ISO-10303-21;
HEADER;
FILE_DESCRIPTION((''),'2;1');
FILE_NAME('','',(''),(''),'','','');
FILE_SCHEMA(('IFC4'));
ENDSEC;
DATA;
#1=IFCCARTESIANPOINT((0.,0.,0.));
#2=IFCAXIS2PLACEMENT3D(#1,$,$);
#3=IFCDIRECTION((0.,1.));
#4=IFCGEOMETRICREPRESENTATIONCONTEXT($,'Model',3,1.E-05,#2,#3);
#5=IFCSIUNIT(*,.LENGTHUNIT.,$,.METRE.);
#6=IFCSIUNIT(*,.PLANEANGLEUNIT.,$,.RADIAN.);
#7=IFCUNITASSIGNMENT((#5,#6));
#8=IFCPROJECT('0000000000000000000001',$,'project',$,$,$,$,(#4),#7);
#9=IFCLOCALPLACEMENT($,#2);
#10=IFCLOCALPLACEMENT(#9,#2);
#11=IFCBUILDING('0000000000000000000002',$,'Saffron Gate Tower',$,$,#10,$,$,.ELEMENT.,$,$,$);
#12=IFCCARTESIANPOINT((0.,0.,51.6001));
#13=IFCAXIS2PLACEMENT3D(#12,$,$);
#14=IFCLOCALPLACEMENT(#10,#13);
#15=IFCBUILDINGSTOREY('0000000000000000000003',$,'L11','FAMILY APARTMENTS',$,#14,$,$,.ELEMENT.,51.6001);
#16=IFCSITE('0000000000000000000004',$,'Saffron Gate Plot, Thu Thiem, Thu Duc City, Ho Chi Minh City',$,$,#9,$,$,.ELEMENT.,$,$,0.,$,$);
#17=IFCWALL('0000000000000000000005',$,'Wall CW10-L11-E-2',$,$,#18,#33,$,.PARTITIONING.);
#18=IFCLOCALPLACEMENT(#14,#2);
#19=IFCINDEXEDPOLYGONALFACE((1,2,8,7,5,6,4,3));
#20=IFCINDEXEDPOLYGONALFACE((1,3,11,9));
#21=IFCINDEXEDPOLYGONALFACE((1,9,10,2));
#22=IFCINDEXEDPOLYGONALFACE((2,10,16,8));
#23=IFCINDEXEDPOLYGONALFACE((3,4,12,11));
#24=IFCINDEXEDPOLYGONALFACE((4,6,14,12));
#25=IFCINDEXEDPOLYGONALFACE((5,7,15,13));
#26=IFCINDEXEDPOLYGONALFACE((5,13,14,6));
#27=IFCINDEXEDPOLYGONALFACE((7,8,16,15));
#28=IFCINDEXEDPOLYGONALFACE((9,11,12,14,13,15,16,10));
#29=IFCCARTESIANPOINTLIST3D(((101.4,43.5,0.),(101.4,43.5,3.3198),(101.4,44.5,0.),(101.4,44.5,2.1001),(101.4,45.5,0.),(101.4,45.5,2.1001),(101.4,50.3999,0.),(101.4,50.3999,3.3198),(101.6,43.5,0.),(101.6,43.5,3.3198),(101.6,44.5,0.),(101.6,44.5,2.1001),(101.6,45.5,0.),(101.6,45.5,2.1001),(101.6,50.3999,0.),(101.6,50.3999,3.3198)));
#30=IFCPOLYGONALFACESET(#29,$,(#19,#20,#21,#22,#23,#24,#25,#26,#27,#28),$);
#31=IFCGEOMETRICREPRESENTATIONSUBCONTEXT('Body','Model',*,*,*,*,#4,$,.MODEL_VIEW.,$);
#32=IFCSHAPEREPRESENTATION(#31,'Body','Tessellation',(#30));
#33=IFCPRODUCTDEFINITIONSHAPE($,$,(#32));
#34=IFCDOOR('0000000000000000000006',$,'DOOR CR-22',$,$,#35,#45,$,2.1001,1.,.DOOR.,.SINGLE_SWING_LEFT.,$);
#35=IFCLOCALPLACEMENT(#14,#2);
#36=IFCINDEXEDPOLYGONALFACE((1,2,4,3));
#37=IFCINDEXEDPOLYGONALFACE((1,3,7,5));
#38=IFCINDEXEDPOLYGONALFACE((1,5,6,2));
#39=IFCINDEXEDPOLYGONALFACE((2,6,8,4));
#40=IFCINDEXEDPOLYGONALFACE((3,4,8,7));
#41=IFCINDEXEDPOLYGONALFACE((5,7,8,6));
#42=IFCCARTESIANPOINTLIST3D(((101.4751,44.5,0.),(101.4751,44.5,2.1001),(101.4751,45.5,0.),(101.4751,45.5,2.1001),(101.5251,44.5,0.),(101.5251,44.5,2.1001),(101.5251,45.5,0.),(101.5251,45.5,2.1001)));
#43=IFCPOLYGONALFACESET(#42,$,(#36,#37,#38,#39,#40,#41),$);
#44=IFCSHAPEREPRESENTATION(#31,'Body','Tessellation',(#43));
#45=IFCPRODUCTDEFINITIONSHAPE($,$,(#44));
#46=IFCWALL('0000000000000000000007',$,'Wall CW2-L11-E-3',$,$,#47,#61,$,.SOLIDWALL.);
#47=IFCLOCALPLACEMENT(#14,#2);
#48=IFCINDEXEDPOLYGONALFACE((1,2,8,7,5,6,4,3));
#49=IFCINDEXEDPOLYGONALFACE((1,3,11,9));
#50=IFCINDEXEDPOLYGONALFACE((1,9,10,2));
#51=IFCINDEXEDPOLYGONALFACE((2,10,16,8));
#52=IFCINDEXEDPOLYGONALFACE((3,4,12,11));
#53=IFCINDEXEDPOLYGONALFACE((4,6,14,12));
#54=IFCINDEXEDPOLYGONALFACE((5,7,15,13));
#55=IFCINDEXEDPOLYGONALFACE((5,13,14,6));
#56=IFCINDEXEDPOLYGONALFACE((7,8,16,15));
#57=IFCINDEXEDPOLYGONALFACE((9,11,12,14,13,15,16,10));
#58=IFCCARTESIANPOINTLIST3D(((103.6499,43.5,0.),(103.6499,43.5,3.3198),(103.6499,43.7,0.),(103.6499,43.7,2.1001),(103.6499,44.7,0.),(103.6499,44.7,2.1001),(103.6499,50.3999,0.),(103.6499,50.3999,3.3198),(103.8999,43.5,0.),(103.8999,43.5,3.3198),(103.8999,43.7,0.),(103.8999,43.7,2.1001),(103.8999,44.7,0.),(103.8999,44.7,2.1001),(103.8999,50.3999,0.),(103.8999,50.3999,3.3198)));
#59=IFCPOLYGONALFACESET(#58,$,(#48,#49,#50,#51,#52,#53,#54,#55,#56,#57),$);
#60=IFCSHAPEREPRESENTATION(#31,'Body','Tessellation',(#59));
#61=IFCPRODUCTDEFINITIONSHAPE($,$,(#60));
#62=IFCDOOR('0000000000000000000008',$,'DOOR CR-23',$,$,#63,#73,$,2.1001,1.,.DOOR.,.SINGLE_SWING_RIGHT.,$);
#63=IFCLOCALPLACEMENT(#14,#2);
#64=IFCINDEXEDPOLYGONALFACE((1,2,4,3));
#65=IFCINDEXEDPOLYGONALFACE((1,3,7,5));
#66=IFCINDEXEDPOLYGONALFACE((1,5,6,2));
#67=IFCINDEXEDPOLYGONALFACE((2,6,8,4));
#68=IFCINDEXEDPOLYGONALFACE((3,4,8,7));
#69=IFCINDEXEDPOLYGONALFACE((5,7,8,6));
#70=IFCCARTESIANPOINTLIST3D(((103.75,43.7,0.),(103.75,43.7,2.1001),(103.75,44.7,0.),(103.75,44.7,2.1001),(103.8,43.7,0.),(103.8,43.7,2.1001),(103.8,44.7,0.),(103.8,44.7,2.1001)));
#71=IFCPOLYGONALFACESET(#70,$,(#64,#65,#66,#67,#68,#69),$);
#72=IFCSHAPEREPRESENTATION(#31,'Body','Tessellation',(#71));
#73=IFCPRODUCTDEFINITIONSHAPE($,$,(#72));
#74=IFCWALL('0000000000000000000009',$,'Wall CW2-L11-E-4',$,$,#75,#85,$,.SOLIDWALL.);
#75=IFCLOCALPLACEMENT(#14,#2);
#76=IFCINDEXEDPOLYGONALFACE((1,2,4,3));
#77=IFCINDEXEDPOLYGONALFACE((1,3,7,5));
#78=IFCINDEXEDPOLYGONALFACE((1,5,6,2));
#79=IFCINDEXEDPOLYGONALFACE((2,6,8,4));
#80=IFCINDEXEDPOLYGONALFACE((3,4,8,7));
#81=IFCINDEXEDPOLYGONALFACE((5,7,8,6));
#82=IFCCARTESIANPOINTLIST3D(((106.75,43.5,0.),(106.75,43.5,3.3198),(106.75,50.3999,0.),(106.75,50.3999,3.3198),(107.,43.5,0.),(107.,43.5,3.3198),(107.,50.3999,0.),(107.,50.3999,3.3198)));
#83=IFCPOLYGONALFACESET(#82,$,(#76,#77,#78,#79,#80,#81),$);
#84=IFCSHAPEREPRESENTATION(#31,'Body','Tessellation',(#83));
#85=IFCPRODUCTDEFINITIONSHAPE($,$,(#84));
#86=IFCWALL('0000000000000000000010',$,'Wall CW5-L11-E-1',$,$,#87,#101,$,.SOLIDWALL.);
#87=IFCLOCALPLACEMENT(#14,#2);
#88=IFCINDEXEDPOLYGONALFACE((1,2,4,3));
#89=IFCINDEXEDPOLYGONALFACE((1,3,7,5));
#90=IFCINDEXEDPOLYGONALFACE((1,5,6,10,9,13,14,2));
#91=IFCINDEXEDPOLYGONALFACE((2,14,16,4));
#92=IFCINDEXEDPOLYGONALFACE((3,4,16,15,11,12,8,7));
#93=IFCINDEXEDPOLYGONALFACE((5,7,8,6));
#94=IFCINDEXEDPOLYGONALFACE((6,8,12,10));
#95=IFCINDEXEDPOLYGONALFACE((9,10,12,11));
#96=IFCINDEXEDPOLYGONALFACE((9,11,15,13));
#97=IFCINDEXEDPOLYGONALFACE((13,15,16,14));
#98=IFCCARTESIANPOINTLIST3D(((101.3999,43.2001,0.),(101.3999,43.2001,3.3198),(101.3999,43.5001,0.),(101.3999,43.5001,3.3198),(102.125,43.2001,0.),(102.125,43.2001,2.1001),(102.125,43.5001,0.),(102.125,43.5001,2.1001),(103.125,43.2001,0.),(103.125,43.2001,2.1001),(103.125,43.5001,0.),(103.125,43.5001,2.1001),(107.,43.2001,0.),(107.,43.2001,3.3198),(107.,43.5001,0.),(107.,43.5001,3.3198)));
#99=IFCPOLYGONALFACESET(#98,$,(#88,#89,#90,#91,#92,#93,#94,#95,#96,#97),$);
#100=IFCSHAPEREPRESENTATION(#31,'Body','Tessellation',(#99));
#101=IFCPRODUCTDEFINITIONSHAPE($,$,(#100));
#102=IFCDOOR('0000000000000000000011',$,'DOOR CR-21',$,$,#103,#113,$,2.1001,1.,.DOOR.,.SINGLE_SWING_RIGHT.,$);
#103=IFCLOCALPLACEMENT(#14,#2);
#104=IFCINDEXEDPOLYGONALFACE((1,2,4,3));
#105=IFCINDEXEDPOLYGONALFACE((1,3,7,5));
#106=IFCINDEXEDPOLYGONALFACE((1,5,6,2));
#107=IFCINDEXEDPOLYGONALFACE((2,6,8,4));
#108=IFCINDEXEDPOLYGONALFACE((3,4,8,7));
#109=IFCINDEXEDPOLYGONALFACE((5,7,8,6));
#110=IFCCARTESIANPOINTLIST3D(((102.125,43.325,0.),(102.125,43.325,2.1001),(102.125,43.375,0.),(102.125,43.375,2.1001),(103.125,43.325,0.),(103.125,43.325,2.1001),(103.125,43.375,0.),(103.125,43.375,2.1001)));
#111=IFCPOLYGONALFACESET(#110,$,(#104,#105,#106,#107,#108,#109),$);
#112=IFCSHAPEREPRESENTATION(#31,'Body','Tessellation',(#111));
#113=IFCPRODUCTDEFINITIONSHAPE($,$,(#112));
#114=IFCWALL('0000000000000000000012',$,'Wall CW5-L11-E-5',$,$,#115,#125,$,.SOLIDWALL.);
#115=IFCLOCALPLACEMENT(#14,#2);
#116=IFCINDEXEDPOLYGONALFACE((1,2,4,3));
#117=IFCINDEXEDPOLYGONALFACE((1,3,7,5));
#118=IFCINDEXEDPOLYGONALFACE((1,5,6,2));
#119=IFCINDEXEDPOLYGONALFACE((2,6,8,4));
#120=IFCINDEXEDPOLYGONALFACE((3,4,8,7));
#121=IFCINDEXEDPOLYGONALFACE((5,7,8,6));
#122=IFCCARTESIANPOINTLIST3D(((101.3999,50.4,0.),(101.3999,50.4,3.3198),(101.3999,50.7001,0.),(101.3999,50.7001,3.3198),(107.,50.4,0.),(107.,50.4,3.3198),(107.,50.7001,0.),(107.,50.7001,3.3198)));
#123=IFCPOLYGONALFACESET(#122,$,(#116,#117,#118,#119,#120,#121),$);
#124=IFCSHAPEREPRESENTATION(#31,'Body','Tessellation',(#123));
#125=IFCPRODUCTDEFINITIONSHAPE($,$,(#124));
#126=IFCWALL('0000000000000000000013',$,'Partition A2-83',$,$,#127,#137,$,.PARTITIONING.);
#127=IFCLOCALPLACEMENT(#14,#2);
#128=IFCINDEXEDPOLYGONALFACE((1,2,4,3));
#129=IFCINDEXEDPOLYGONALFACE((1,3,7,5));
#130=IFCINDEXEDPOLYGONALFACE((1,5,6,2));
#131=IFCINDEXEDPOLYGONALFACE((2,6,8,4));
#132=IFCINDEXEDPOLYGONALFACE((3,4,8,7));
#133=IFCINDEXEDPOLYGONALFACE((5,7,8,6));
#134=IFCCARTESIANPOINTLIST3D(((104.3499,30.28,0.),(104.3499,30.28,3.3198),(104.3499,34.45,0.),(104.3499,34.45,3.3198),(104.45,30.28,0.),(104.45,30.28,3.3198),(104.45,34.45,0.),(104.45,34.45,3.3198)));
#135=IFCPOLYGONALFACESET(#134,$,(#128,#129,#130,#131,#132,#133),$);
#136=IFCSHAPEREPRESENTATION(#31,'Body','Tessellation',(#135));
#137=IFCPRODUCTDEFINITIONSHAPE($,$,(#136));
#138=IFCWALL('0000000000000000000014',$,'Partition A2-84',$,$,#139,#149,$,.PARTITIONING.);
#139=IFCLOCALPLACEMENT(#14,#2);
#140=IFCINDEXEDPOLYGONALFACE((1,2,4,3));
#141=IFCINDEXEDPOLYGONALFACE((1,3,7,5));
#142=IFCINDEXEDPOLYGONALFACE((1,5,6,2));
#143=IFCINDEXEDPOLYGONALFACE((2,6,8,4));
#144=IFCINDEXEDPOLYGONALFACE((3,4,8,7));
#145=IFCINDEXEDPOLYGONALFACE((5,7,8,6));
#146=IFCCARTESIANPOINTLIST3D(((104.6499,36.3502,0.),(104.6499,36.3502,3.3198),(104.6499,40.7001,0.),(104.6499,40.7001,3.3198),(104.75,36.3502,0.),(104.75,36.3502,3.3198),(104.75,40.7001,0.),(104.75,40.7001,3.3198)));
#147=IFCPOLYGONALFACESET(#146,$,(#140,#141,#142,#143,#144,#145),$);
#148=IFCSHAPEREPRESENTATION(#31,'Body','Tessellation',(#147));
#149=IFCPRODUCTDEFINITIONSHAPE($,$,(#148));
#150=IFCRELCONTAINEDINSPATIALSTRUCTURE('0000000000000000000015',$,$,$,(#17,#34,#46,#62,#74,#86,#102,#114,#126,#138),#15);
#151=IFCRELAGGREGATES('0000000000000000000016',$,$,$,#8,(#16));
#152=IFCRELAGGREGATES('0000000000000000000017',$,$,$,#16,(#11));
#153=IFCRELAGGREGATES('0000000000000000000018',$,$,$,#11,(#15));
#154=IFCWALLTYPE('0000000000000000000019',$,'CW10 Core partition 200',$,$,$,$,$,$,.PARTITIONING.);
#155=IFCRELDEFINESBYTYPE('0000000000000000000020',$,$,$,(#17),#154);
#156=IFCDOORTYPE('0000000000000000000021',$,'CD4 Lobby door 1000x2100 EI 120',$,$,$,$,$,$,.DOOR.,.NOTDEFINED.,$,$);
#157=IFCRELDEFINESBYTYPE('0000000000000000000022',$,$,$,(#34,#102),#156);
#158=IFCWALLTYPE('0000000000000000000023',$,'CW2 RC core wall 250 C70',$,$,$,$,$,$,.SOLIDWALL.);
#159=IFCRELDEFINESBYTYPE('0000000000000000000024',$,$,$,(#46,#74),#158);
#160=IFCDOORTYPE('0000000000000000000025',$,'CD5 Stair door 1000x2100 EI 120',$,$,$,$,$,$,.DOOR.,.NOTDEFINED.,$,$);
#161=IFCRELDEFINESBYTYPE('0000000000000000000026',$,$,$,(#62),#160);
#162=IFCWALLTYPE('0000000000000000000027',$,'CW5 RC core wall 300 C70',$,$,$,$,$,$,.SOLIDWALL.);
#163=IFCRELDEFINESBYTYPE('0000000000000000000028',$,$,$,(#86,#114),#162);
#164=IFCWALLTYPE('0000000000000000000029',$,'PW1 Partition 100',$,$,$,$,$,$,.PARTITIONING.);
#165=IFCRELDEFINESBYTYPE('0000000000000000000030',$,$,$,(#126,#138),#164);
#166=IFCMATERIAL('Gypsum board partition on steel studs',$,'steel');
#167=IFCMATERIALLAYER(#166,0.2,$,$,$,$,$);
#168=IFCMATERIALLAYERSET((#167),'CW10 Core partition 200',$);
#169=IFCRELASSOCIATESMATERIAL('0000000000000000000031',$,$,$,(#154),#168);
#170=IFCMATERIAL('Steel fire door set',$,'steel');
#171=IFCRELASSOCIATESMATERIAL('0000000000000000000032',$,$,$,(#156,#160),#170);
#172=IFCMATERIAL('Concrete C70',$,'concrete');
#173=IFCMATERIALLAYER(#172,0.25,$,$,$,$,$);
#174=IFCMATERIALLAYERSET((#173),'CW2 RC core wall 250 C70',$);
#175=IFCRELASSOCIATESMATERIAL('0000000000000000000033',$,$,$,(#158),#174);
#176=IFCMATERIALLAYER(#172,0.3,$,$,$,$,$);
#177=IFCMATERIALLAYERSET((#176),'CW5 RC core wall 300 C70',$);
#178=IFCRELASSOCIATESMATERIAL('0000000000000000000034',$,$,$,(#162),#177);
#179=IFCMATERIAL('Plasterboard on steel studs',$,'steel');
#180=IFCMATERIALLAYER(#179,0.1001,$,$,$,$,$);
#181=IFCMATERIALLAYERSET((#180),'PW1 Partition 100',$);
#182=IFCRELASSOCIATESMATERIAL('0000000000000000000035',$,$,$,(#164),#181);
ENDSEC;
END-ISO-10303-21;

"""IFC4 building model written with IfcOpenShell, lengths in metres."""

from ifc_helpers import new_model, si_unit, direction, frame, frame_2d, origin, place, context, subcontext, project, spatial, rectangle, extrude, material, layer, layer_set, type_object, element, fill, save


model = new_model("IFC4")

# Units and contexts
model_context = context("Model", 3, precision=1e-05, world=origin(), true_north=direction((0.0, 1.0)))
body_context = subcontext(model_context, "Body", "Model", "MODEL_VIEW")
ifc_project = project(units=[si_unit("LENGTHUNIT", "METRE"), si_unit("PLANEANGLEUNIT", "RADIAN")], contexts=[model_context])

# Site, building, storey
site_placement = place(None, origin())
site = spatial("IfcSite", under=ifc_project, at=site_placement, Name="Saffron Gate Plot, Thu Thiem, Thu Duc City, Ho Chi Minh City", CompositionType="ELEMENT", RefElevation=0.0)
building_placement = place(site_placement, origin())
building = spatial("IfcBuilding", under=site, at=building_placement, Name="Saffron Gate Tower", CompositionType="ELEMENT")
storey_placement = place(building_placement, frame((0.0, 0.0, 51.6001)))
storey = spatial("IfcBuildingStorey", under=building, at=storey_placement, Name="L11", Description="FAMILY APARTMENTS", CompositionType="ELEMENT", Elevation=51.6001)

# Walls, openings, doors
ifc_material_1 = material(Name="Gypsum board partition on steel studs", Category="steel")
ifc_layer_1 = layer(ifc_material_1, 0.2)
ifc_layer_set_1 = layer_set([ifc_layer_1], Name="CW10 Core partition 200")
wall_type_1 = type_object("IfcWallType", Name="CW10 Core partition 200", PredefinedType="PARTITIONING", material=ifc_layer_set_1)
wall_1_placement = place(storey_placement, frame((101.5, 43.5, 0.0), z_axis=(0.0, 0.0, 1.0), x_axis=(0.0, 1.0, 0.0)))
wall_1 = element("IfcWall", 1, at=wall_1_placement, inside=storey, type_object=wall_type_1, Name="Wall CW10-L11-E-2", PredefinedType="PARTITIONING", context=body_context, shape_type="SweptSolid", body=[
    extrude(rectangle(XDim=6.8999, YDim=0.2, at=frame_2d((3.45, 0.0))), origin(), (0.0, 0.0, 1.0), 3.3198),
])
opening_1_placement = place(wall_1_placement, frame((1.0, 0.0, 0.0)))
opening_1 = element("IfcOpeningElement", 2, at=opening_1_placement, cuts=wall_1, PredefinedType="OPENING", context=body_context, shape_type="SweptSolid", body=[
    extrude(rectangle(XDim=1.0, YDim=2.1001, at=frame_2d((0.5, 1.05))), frame((0.0, 0.1099, 0.0), z_axis=(0.0, -1.0, 0.0), x_axis=(1.0, 0.0, 0.0)), (0.0, 0.0, 1.0), 0.22),
])
ifc_material_2 = material(Name="Steel fire door set", Category="steel")
door_type_1 = type_object("IfcDoorType", Name="CD4 Lobby door 1000x2100 EI 120", OperationType="NOTDEFINED", PredefinedType="DOOR", material=ifc_material_2)
door_1_placement = place(opening_1_placement, origin())
door_1 = element("IfcDoor", 3, at=door_1_placement, inside=storey, type_object=door_type_1, Name="DOOR CR-22", OperationType="SINGLE_SWING_LEFT", OverallHeight=2.1001, OverallWidth=1.0, PredefinedType="DOOR", context=body_context, shape_type="SweptSolid", body=[
    extrude(rectangle(XDim=1.0, YDim=2.1001, at=frame_2d((0.5, 1.05))), frame((0.0, 0.0249, 0.0), z_axis=(0.0, -1.0, 0.0), x_axis=(1.0, 0.0, 0.0)), (0.0, 0.0, 1.0), 0.05),
])
fill(opening_1, door_1)
ifc_material_3 = material(Name="Concrete C70", Category="concrete")
ifc_layer_2 = layer(ifc_material_3, 0.25)
ifc_layer_set_2 = layer_set([ifc_layer_2], Name="CW2 RC core wall 250 C70")
wall_type_2 = type_object("IfcWallType", Name="CW2 RC core wall 250 C70", PredefinedType="SOLIDWALL", material=ifc_layer_set_2)
wall_2_placement = place(storey_placement, frame((103.7749, 43.5, 0.0), z_axis=(0.0, 0.0, 1.0), x_axis=(0.0, 1.0, 0.0)))
wall_2 = element("IfcWall", 4, at=wall_2_placement, inside=storey, type_object=wall_type_2, Name="Wall CW2-L11-E-3", PredefinedType="SOLIDWALL", context=body_context, shape_type="SweptSolid", body=[
    extrude(rectangle(XDim=6.8999, YDim=0.25, at=frame_2d((3.45, 0.0))), origin(), (0.0, 0.0, 1.0), 3.3198),
])
opening_2_placement = place(wall_2_placement, frame((0.2, 0.0, 0.0)))
opening_2 = element("IfcOpeningElement", 5, at=opening_2_placement, cuts=wall_2, PredefinedType="OPENING", context=body_context, shape_type="SweptSolid", body=[
    extrude(rectangle(XDim=1.0, YDim=2.1001, at=frame_2d((0.5, 1.05))), frame((0.0, 0.135, 0.0), z_axis=(0.0, -1.0, 0.0), x_axis=(1.0, 0.0, 0.0)), (0.0, 0.0, 1.0), 0.27),
])
door_type_2 = type_object("IfcDoorType", Name="CD5 Stair door 1000x2100 EI 120", OperationType="NOTDEFINED", PredefinedType="DOOR", material=ifc_material_2)
door_2_placement = place(opening_2_placement, origin())
door_2 = element("IfcDoor", 6, at=door_2_placement, inside=storey, type_object=door_type_2, Name="DOOR CR-23", OperationType="SINGLE_SWING_RIGHT", OverallHeight=2.1001, OverallWidth=1.0, PredefinedType="DOOR", context=body_context, shape_type="SweptSolid", body=[
    extrude(rectangle(XDim=1.0, YDim=2.1001, at=frame_2d((0.5, 1.05))), frame((0.0, 0.0249, 0.0), z_axis=(0.0, -1.0, 0.0), x_axis=(1.0, 0.0, 0.0)), (0.0, 0.0, 1.0), 0.05),
])
fill(opening_2, door_2)

# Wall
wall_3_placement = place(storey_placement, frame((106.875, 43.5, 0.0), z_axis=(0.0, 0.0, 1.0), x_axis=(0.0, 1.0, 0.0)))
element("IfcWall", 7, at=wall_3_placement, inside=storey, type_object=wall_type_2, Name="Wall CW2-L11-E-4", PredefinedType="SOLIDWALL", context=body_context, shape_type="SweptSolid", body=[
    extrude(rectangle(XDim=6.8999, YDim=0.25, at=frame_2d((3.45, 0.0))), origin(), (0.0, 0.0, 1.0), 3.3198),
])

# Wall, opening, door
ifc_layer_3 = layer(ifc_material_3, 0.3)
ifc_layer_set_3 = layer_set([ifc_layer_3], Name="CW5 RC core wall 300 C70")
wall_type_3 = type_object("IfcWallType", Name="CW5 RC core wall 300 C70", PredefinedType="SOLIDWALL", material=ifc_layer_set_3)
wall_4_placement = place(storey_placement, frame((101.3999, 43.3501, 0.0), z_axis=(0.0, 0.0, 1.0), x_axis=(1.0, 0.0, 0.0)))
wall_4 = element("IfcWall", 8, at=wall_4_placement, inside=storey, type_object=wall_type_3, Name="Wall CW5-L11-E-1", PredefinedType="SOLIDWALL", context=body_context, shape_type="SweptSolid", body=[
    extrude(rectangle(XDim=5.6001, YDim=0.3, at=frame_2d((2.8, 0.0))), origin(), (0.0, 0.0, 1.0), 3.3198),
])
opening_3_placement = place(wall_4_placement, frame((0.7251, 0.0, 0.0)))
opening_3 = element("IfcOpeningElement", 9, at=opening_3_placement, cuts=wall_4, PredefinedType="OPENING", context=body_context, shape_type="SweptSolid", body=[
    extrude(rectangle(XDim=1.0, YDim=2.1001, at=frame_2d((0.5, 1.05))), frame((0.0, 0.1602, 0.0), z_axis=(0.0, -1.0, 0.0), x_axis=(1.0, 0.0, 0.0)), (0.0, 0.0, 1.0), 0.3201),
])
door_3_placement = place(opening_3_placement, origin())
door_3 = element("IfcDoor", 10, at=door_3_placement, inside=storey, type_object=door_type_1, Name="DOOR CR-21", OperationType="SINGLE_SWING_RIGHT", OverallHeight=2.1001, OverallWidth=1.0, PredefinedType="DOOR", context=body_context, shape_type="SweptSolid", body=[
    extrude(rectangle(XDim=1.0, YDim=2.1001, at=frame_2d((0.5, 1.05))), frame((0.0, 0.0249, 0.0), z_axis=(0.0, -1.0, 0.0), x_axis=(1.0, 0.0, 0.0)), (0.0, 0.0, 1.0), 0.05),
])
fill(opening_3, door_3)

# Walls
wall_5_placement = place(storey_placement, frame((101.3999, 50.55, 0.0), z_axis=(0.0, 0.0, 1.0), x_axis=(1.0, 0.0, 0.0)))
element("IfcWall", 11, at=wall_5_placement, inside=storey, type_object=wall_type_3, Name="Wall CW5-L11-E-5", PredefinedType="SOLIDWALL", context=body_context, shape_type="SweptSolid", body=[
    extrude(rectangle(XDim=5.6001, YDim=0.3, at=frame_2d((2.8, 0.0))), origin(), (0.0, 0.0, 1.0), 3.3198),
])
ifc_material_4 = material(Name="Plasterboard on steel studs", Category="steel")
ifc_layer_4 = layer(ifc_material_4, 0.1001)
ifc_layer_set_4 = layer_set([ifc_layer_4], Name="PW1 Partition 100")
wall_type_4 = type_object("IfcWallType", Name="PW1 Partition 100", PredefinedType="PARTITIONING", material=ifc_layer_set_4)
wall_6_placement = place(storey_placement, frame((104.3999, 34.45, 0.0), z_axis=(0.0, 0.0, 1.0), x_axis=(0.0, -1.0, 0.0)))
element("IfcWall", 12, at=wall_6_placement, inside=storey, type_object=wall_type_4, Name="Partition A2-83", PredefinedType="PARTITIONING", context=body_context, shape_type="SweptSolid", body=[
    extrude(rectangle(XDim=4.1699, YDim=0.1001, at=frame_2d((2.085, 0.0))), origin(), (0.0, 0.0, 1.0), 3.3198),
])
wall_7_placement = place(storey_placement, frame((104.7, 40.7, 0.0), z_axis=(0.0, 0.0, 1.0), x_axis=(0.0, -1.0, 0.0)))
element("IfcWall", 13, at=wall_7_placement, inside=storey, type_object=wall_type_4, Name="Partition A2-84", PredefinedType="PARTITIONING", context=body_context, shape_type="SweptSolid", body=[
    extrude(rectangle(XDim=4.3499, YDim=0.1001, at=frame_2d((2.1748, 0.0))), origin(), (0.0, 0.0, 1.0), 3.3198),
])

save(model, "model.ifc")
